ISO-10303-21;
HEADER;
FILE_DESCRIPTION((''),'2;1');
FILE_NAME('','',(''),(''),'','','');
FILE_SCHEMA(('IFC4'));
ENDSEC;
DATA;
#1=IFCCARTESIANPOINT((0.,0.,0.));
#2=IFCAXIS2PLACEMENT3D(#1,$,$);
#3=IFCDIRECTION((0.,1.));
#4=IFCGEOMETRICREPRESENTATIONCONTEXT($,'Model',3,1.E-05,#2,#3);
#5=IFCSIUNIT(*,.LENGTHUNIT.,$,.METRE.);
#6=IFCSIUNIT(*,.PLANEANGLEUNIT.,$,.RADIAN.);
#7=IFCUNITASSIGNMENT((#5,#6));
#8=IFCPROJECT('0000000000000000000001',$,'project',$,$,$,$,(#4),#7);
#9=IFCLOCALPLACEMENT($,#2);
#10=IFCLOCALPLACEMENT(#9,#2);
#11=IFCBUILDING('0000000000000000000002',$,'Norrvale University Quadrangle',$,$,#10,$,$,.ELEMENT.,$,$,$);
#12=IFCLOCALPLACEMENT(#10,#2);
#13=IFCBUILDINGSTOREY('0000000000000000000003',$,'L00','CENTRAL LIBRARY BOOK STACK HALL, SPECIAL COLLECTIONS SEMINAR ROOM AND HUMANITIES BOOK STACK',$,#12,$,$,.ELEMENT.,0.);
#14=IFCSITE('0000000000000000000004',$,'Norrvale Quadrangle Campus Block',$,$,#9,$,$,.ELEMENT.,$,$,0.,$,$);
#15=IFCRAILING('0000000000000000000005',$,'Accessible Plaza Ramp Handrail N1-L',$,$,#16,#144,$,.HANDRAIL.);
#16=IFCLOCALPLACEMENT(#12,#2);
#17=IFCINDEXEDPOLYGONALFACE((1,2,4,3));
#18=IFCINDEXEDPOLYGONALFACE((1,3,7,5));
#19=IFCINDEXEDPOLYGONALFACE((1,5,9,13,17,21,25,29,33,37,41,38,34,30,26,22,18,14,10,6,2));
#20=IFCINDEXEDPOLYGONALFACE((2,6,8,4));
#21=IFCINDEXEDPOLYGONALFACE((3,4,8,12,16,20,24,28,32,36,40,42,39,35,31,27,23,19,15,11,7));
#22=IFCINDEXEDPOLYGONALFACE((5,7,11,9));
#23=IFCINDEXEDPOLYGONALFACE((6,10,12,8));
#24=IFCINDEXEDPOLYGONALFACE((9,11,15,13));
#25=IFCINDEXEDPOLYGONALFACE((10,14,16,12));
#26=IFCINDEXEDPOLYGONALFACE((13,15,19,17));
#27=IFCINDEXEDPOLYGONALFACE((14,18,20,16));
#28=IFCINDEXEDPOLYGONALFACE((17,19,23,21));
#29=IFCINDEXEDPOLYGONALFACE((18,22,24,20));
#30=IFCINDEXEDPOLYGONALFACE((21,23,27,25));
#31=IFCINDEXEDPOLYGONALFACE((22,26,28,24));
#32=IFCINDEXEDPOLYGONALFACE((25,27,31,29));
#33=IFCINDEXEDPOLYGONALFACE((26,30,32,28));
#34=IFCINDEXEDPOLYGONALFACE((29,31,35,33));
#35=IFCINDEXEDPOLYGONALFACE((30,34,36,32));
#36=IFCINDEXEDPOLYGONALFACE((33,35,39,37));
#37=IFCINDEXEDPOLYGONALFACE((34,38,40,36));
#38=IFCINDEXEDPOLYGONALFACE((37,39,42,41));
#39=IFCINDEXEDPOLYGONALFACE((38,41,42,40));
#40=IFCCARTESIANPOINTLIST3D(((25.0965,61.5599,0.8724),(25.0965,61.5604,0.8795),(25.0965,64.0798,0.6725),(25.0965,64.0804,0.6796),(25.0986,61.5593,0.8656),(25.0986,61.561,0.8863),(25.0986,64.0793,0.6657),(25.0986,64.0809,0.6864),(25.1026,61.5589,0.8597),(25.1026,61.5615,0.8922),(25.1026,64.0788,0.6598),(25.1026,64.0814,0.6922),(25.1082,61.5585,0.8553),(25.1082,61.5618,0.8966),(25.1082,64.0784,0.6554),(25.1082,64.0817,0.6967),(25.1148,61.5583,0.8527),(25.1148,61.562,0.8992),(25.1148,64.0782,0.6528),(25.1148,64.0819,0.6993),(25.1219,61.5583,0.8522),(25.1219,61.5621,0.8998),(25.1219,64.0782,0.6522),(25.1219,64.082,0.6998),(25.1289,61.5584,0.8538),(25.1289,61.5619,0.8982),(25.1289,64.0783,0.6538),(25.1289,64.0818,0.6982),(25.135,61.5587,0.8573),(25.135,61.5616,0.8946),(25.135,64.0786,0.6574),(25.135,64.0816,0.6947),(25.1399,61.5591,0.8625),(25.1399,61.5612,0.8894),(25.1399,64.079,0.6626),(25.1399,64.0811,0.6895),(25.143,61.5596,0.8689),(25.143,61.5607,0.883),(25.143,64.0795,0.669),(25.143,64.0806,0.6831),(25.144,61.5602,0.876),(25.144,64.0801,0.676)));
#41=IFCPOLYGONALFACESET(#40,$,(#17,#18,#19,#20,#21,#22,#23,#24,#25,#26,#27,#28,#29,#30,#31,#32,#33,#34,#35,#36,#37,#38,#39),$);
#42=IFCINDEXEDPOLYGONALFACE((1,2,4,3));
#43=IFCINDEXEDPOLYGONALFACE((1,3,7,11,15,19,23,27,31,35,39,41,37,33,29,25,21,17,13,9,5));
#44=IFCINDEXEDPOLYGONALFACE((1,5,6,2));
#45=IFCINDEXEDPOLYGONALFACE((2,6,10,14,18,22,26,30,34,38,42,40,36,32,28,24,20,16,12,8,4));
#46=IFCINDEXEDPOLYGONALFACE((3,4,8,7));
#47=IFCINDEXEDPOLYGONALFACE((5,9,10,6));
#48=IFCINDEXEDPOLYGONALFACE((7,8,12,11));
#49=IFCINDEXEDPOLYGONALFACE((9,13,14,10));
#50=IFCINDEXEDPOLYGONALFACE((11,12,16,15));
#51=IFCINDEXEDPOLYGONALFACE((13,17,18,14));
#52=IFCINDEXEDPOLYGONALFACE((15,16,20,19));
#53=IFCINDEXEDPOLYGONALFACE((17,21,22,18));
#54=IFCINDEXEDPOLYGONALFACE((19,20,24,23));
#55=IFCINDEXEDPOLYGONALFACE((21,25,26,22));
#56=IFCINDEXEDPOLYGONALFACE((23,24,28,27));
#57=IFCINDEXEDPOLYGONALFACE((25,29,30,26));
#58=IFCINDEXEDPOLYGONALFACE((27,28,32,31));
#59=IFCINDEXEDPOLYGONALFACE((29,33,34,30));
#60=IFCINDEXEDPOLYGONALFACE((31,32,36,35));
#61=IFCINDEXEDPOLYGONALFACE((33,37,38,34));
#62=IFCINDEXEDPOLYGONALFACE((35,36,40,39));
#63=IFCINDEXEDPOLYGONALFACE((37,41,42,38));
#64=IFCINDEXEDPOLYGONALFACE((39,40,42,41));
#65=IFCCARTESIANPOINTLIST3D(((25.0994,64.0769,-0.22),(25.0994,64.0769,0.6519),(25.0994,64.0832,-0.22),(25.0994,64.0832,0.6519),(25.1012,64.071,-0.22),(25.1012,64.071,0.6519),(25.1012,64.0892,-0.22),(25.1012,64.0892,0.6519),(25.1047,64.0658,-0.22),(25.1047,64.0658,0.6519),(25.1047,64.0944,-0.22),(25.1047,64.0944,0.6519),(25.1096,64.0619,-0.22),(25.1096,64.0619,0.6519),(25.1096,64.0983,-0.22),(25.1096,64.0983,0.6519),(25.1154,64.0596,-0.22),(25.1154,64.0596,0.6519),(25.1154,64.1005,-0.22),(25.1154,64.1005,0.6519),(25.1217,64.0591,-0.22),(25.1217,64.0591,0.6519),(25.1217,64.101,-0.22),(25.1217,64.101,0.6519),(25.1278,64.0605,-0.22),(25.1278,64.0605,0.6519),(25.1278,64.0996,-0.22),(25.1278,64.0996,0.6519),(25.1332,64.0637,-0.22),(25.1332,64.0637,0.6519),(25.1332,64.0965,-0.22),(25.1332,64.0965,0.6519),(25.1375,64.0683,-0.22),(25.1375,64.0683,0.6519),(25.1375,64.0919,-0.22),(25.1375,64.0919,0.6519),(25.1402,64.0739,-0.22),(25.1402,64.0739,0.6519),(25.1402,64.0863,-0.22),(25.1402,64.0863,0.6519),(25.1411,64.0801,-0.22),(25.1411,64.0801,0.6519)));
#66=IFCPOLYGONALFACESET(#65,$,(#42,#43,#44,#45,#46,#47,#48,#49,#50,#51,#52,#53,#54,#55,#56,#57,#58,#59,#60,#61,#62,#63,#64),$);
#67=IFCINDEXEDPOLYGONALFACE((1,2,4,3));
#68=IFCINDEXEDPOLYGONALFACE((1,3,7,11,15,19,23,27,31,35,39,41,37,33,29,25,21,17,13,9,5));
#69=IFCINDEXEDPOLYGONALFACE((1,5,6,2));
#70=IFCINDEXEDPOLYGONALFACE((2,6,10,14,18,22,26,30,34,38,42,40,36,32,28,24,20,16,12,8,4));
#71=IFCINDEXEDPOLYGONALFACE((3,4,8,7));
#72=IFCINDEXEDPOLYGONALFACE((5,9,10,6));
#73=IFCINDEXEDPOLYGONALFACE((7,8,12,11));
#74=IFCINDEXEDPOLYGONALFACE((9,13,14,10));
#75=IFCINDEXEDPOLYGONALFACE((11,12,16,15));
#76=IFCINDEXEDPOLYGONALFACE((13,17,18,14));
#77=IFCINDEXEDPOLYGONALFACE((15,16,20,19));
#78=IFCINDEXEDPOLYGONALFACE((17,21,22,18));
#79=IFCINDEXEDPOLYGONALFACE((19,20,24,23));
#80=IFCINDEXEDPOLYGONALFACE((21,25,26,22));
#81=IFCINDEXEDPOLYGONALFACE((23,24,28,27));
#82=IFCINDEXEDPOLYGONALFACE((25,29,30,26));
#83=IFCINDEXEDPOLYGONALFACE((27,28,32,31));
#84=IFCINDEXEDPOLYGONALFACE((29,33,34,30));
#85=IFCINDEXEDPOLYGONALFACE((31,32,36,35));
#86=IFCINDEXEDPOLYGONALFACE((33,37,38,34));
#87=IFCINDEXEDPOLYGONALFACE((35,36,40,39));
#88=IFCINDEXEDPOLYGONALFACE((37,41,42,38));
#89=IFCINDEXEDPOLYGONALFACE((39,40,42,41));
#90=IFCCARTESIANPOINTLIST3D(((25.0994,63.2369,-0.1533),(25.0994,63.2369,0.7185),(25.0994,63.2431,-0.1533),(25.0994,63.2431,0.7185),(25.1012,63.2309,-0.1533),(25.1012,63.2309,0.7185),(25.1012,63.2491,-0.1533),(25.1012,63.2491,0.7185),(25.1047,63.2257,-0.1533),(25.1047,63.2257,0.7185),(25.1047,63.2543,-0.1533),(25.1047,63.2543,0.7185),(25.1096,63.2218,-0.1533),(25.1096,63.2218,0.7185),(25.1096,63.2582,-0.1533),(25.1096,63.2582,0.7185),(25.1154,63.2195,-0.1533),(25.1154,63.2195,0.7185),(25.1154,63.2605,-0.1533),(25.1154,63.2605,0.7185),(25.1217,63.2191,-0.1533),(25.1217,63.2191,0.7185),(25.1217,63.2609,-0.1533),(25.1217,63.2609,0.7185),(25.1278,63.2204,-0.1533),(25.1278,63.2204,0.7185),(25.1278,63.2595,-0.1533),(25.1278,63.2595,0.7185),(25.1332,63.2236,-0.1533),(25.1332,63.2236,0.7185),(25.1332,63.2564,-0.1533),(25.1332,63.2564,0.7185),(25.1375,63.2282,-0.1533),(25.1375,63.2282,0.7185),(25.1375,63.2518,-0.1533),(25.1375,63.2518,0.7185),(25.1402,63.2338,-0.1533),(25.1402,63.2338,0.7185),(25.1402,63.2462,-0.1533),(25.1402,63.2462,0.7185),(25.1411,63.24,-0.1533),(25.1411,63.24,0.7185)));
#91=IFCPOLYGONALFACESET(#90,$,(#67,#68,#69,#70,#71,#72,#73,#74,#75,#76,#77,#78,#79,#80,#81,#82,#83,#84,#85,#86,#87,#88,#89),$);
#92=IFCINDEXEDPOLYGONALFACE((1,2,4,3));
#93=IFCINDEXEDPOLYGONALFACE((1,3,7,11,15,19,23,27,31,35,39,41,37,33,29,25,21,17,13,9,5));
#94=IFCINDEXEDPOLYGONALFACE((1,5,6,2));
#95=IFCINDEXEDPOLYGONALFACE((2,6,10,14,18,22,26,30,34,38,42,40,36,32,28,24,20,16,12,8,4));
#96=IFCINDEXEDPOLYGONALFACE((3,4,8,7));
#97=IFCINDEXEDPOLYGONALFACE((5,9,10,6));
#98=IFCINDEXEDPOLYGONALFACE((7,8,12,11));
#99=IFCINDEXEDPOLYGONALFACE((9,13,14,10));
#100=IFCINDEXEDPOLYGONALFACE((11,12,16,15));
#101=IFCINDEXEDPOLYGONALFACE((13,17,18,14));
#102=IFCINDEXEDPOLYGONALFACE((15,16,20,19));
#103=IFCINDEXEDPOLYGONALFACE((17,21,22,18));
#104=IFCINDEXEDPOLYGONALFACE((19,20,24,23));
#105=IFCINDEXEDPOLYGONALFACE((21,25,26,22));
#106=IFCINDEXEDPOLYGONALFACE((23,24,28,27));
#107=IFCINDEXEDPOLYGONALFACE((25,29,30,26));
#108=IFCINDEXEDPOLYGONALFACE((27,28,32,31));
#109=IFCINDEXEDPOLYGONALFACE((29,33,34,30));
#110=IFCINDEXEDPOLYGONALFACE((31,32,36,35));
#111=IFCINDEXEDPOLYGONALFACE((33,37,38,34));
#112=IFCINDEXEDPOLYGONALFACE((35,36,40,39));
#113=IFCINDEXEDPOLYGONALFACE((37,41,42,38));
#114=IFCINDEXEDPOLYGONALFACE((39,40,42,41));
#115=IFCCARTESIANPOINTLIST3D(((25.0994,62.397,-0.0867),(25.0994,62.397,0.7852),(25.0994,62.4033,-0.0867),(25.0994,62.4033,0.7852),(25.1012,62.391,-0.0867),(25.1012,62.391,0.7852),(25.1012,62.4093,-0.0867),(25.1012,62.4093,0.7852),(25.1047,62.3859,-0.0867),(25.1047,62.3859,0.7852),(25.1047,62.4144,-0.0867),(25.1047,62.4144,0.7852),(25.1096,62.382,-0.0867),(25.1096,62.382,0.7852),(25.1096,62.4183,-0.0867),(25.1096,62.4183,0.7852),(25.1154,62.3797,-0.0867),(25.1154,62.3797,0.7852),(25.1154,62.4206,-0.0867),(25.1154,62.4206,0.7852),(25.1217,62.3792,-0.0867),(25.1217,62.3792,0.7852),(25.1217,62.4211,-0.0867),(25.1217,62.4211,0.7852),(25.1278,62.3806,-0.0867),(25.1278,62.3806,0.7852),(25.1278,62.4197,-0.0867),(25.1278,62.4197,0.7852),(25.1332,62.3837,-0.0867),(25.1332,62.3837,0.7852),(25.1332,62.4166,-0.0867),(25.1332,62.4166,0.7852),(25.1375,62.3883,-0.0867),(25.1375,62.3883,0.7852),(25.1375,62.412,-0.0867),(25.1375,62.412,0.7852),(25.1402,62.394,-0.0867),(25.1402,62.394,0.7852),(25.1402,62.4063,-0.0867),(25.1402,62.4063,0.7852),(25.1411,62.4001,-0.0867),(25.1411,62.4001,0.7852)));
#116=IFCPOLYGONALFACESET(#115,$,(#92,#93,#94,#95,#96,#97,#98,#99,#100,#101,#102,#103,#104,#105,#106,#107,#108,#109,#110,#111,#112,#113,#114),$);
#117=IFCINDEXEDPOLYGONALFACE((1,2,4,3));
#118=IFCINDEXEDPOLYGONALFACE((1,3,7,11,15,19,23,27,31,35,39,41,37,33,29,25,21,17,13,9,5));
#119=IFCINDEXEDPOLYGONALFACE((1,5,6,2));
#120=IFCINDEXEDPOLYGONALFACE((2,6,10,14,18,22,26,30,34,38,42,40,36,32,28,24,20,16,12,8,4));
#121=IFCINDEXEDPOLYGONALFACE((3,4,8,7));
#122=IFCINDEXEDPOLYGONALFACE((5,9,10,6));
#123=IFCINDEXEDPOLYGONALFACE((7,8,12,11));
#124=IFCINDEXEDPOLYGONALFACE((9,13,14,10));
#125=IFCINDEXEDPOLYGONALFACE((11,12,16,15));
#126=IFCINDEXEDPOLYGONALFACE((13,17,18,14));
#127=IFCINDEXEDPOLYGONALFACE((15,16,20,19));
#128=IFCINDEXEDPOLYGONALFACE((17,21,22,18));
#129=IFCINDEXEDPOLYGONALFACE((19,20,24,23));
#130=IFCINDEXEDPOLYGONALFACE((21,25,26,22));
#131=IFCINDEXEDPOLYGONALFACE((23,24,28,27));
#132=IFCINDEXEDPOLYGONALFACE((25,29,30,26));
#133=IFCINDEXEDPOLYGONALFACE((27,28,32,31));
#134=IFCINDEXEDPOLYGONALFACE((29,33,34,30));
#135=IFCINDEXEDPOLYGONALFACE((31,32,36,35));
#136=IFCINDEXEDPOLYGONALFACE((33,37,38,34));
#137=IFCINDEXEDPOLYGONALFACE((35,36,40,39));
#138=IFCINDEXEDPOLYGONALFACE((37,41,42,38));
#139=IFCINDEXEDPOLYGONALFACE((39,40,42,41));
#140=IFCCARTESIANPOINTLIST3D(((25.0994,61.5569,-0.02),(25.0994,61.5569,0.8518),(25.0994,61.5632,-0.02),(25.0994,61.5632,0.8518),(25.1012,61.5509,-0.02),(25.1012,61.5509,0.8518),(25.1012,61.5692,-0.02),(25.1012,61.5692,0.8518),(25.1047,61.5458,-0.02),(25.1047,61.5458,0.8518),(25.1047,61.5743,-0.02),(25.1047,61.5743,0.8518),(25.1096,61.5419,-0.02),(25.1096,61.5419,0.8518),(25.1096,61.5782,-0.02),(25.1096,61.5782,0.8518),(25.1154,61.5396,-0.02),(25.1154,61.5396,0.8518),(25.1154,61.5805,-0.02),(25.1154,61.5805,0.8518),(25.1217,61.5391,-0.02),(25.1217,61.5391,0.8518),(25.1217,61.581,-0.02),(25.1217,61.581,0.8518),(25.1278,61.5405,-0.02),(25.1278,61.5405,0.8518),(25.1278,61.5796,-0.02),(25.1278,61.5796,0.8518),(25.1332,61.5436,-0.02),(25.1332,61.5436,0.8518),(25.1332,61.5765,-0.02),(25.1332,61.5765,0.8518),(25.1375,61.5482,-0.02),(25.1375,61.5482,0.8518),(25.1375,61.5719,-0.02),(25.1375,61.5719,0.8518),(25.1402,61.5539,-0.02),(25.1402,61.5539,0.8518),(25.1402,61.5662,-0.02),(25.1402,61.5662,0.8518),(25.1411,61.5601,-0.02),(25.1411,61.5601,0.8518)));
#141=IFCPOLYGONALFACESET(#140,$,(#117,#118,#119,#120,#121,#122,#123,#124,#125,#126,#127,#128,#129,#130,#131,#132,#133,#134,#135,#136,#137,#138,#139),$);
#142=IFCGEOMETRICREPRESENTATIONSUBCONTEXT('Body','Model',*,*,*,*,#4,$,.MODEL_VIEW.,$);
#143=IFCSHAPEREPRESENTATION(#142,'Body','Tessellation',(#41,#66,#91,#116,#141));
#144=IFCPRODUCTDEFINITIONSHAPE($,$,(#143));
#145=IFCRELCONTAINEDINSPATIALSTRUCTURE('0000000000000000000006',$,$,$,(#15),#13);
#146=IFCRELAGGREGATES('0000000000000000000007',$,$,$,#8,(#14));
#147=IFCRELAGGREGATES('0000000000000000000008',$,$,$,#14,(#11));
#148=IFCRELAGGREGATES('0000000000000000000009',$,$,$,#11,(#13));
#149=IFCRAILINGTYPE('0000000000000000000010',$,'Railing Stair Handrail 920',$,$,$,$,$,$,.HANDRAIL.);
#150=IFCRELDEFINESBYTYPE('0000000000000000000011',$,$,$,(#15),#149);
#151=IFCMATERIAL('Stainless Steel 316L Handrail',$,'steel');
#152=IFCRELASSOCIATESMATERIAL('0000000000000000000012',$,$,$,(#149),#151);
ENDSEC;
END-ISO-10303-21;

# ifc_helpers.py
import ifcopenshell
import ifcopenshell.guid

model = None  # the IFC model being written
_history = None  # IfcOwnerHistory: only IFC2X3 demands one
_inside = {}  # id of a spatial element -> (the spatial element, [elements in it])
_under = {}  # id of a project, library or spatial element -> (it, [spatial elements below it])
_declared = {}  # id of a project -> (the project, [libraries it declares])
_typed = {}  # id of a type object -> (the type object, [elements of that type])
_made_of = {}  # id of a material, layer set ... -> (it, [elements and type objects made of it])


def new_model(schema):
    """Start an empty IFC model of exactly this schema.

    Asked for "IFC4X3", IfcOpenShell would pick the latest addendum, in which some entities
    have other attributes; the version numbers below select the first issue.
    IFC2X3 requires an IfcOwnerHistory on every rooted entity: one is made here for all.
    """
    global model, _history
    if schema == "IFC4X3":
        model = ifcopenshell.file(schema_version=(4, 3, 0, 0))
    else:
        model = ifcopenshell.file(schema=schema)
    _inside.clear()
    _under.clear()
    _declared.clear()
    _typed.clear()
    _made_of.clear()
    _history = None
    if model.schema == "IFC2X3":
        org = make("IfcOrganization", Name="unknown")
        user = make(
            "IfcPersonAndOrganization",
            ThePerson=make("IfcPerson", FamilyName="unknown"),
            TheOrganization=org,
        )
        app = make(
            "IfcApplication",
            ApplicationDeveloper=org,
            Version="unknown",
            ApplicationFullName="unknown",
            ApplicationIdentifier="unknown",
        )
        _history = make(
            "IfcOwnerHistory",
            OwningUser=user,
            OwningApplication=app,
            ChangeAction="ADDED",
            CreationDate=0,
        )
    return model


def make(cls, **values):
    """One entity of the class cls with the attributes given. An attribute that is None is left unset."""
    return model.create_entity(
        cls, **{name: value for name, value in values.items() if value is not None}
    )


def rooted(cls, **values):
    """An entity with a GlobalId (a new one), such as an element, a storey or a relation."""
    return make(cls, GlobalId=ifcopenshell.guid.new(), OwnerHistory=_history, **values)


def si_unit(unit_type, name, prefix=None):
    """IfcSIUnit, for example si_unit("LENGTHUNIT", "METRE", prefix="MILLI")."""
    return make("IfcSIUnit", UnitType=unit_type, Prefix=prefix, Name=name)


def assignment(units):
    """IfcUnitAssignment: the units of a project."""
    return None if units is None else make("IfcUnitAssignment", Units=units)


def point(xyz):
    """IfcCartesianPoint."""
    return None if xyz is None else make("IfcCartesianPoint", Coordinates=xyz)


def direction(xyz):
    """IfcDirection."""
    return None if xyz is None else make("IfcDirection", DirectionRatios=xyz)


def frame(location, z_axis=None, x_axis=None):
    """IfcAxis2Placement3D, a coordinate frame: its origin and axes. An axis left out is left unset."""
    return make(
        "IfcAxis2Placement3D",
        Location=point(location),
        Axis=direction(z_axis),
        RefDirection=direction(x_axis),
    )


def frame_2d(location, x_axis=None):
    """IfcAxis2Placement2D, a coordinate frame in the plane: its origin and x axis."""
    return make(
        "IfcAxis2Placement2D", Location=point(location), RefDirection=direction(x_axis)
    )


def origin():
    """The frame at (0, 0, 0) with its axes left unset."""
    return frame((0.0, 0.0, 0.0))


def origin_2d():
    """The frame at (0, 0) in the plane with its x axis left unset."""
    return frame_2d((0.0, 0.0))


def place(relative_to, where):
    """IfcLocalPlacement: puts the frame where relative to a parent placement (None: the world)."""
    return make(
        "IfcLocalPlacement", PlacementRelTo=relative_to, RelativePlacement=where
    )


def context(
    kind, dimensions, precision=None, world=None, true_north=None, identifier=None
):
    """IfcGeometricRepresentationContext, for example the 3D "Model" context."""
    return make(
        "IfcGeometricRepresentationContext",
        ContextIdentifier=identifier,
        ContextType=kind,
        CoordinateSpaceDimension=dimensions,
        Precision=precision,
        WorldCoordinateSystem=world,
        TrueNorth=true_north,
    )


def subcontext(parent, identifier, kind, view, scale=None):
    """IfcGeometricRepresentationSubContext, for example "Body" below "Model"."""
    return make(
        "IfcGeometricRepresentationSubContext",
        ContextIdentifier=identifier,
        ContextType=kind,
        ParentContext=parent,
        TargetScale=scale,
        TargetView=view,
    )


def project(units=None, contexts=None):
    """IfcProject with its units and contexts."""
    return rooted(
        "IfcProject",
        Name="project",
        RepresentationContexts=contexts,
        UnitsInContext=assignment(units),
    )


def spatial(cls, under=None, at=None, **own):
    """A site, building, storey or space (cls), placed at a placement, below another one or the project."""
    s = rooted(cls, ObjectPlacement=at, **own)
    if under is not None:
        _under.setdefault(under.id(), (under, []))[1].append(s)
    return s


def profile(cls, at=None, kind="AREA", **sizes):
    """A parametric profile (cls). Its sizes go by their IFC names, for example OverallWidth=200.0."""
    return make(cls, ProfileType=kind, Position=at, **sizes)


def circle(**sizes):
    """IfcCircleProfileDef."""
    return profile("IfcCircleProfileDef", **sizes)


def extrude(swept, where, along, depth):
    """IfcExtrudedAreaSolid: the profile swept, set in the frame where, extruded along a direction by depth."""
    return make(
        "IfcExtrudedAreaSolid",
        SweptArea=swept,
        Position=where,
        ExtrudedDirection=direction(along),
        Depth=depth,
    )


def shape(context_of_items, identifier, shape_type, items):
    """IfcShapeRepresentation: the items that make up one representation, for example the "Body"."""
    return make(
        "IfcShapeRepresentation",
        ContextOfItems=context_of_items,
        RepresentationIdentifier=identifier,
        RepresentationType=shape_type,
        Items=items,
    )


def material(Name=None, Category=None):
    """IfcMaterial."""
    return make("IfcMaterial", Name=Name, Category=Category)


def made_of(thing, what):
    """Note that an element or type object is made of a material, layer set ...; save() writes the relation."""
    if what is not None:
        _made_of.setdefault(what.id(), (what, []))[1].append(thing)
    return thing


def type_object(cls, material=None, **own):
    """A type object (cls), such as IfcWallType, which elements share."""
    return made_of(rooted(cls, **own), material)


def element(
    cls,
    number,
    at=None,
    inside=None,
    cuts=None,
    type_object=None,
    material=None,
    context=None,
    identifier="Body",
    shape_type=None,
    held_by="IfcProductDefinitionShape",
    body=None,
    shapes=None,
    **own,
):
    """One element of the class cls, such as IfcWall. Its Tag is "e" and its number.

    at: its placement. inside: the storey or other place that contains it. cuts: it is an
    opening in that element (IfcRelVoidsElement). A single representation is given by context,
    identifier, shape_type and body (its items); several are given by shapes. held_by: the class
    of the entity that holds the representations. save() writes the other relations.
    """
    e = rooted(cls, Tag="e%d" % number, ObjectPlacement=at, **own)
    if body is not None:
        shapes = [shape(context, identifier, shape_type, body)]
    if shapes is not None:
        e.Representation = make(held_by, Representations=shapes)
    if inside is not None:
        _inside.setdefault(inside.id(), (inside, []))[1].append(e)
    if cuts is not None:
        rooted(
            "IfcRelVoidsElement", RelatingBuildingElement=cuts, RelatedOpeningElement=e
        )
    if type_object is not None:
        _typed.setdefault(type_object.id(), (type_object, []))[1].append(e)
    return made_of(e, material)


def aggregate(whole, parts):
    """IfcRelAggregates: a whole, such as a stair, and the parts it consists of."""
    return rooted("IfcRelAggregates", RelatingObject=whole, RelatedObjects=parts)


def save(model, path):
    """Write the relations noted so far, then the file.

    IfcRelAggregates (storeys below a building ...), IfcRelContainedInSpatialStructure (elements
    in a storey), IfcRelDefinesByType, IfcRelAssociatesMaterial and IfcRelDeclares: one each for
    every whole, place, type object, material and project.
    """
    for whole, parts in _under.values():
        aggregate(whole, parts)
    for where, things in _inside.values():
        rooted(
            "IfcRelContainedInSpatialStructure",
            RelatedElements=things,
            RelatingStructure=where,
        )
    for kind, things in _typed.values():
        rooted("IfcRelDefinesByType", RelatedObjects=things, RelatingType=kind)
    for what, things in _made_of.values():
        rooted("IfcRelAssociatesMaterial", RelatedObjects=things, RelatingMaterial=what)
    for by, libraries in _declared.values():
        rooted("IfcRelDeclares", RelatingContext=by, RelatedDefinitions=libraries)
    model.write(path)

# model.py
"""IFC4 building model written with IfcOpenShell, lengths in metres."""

from ifc_helpers import new_model, si_unit, direction, frame, origin, origin_2d, place, context, subcontext, project, spatial, circle, extrude, material, type_object, element, save


model = new_model("IFC4")

# Units and contexts
model_context = context("Model", 3, precision=1e-05, world=origin(), true_north=direction((0.0, 1.0)))
body_context = subcontext(model_context, "Body", "Model", "MODEL_VIEW")
ifc_project = project(units=[si_unit("LENGTHUNIT", "METRE"), si_unit("PLANEANGLEUNIT", "RADIAN")], contexts=[model_context])

# Site, building, storey
site_placement = place(None, origin())
site = spatial("IfcSite", under=ifc_project, at=site_placement, Name="Norrvale Quadrangle Campus Block", CompositionType="ELEMENT", RefElevation=0.0)
building_placement = place(site_placement, origin())
building = spatial("IfcBuilding", under=site, at=building_placement, Name="Norrvale University Quadrangle", CompositionType="ELEMENT")
storey_placement = place(building_placement, origin())
storey = spatial("IfcBuildingStorey", under=building, at=storey_placement, Name="L00", Description="CENTRAL LIBRARY BOOK STACK HALL, SPECIAL COLLECTIONS SEMINAR ROOM AND HUMANITIES BOOK STACK", CompositionType="ELEMENT", Elevation=0.0)

# Railing
ifc_material_1 = material(Name="Stainless Steel 316L Handrail", Category="steel")
railing_type = type_object("IfcRailingType", Name="Railing Stair Handrail 920", PredefinedType="HANDRAIL", material=ifc_material_1)
for number, where, name in (
    (1, (25.1201, 64.0801, -0.22), "Accessible Plaza Ramp Handrail N1-L"),
):
    element("IfcRailing", number, at=place(storey_placement, frame(where)), inside=storey, type_object=railing_type, Name=name, PredefinedType="HANDRAIL", context=body_context, shape_type="SweptSolid", body=[
        extrude(circle(Radius=0.0239, at=origin_2d()), frame((0.0, 0.0, 0.896), z_axis=(0.0, -0.996867, 0.079096), x_axis=(1.0, 0.0, 0.0)), (0.0, 0.0, 1.0), 2.5278),
        extrude(circle(Radius=0.021, at=origin_2d()), origin(), (0.0, 0.0, 1.0), 0.8718),
        extrude(circle(Radius=0.021, at=origin_2d()), frame((0.0, -0.8401, 0.0667)), (0.0, 0.0, 1.0), 0.8718),
        extrude(circle(Radius=0.021, at=origin_2d()), frame((0.0, -1.6799, 0.1333)), (0.0, 0.0, 1.0), 0.8718),
        extrude(circle(Radius=0.021, at=origin_2d()), frame((0.0, -2.52, 0.2)), (0.0, 0.0, 1.0), 0.8718),
    ])

save(model, "model.ifc")
